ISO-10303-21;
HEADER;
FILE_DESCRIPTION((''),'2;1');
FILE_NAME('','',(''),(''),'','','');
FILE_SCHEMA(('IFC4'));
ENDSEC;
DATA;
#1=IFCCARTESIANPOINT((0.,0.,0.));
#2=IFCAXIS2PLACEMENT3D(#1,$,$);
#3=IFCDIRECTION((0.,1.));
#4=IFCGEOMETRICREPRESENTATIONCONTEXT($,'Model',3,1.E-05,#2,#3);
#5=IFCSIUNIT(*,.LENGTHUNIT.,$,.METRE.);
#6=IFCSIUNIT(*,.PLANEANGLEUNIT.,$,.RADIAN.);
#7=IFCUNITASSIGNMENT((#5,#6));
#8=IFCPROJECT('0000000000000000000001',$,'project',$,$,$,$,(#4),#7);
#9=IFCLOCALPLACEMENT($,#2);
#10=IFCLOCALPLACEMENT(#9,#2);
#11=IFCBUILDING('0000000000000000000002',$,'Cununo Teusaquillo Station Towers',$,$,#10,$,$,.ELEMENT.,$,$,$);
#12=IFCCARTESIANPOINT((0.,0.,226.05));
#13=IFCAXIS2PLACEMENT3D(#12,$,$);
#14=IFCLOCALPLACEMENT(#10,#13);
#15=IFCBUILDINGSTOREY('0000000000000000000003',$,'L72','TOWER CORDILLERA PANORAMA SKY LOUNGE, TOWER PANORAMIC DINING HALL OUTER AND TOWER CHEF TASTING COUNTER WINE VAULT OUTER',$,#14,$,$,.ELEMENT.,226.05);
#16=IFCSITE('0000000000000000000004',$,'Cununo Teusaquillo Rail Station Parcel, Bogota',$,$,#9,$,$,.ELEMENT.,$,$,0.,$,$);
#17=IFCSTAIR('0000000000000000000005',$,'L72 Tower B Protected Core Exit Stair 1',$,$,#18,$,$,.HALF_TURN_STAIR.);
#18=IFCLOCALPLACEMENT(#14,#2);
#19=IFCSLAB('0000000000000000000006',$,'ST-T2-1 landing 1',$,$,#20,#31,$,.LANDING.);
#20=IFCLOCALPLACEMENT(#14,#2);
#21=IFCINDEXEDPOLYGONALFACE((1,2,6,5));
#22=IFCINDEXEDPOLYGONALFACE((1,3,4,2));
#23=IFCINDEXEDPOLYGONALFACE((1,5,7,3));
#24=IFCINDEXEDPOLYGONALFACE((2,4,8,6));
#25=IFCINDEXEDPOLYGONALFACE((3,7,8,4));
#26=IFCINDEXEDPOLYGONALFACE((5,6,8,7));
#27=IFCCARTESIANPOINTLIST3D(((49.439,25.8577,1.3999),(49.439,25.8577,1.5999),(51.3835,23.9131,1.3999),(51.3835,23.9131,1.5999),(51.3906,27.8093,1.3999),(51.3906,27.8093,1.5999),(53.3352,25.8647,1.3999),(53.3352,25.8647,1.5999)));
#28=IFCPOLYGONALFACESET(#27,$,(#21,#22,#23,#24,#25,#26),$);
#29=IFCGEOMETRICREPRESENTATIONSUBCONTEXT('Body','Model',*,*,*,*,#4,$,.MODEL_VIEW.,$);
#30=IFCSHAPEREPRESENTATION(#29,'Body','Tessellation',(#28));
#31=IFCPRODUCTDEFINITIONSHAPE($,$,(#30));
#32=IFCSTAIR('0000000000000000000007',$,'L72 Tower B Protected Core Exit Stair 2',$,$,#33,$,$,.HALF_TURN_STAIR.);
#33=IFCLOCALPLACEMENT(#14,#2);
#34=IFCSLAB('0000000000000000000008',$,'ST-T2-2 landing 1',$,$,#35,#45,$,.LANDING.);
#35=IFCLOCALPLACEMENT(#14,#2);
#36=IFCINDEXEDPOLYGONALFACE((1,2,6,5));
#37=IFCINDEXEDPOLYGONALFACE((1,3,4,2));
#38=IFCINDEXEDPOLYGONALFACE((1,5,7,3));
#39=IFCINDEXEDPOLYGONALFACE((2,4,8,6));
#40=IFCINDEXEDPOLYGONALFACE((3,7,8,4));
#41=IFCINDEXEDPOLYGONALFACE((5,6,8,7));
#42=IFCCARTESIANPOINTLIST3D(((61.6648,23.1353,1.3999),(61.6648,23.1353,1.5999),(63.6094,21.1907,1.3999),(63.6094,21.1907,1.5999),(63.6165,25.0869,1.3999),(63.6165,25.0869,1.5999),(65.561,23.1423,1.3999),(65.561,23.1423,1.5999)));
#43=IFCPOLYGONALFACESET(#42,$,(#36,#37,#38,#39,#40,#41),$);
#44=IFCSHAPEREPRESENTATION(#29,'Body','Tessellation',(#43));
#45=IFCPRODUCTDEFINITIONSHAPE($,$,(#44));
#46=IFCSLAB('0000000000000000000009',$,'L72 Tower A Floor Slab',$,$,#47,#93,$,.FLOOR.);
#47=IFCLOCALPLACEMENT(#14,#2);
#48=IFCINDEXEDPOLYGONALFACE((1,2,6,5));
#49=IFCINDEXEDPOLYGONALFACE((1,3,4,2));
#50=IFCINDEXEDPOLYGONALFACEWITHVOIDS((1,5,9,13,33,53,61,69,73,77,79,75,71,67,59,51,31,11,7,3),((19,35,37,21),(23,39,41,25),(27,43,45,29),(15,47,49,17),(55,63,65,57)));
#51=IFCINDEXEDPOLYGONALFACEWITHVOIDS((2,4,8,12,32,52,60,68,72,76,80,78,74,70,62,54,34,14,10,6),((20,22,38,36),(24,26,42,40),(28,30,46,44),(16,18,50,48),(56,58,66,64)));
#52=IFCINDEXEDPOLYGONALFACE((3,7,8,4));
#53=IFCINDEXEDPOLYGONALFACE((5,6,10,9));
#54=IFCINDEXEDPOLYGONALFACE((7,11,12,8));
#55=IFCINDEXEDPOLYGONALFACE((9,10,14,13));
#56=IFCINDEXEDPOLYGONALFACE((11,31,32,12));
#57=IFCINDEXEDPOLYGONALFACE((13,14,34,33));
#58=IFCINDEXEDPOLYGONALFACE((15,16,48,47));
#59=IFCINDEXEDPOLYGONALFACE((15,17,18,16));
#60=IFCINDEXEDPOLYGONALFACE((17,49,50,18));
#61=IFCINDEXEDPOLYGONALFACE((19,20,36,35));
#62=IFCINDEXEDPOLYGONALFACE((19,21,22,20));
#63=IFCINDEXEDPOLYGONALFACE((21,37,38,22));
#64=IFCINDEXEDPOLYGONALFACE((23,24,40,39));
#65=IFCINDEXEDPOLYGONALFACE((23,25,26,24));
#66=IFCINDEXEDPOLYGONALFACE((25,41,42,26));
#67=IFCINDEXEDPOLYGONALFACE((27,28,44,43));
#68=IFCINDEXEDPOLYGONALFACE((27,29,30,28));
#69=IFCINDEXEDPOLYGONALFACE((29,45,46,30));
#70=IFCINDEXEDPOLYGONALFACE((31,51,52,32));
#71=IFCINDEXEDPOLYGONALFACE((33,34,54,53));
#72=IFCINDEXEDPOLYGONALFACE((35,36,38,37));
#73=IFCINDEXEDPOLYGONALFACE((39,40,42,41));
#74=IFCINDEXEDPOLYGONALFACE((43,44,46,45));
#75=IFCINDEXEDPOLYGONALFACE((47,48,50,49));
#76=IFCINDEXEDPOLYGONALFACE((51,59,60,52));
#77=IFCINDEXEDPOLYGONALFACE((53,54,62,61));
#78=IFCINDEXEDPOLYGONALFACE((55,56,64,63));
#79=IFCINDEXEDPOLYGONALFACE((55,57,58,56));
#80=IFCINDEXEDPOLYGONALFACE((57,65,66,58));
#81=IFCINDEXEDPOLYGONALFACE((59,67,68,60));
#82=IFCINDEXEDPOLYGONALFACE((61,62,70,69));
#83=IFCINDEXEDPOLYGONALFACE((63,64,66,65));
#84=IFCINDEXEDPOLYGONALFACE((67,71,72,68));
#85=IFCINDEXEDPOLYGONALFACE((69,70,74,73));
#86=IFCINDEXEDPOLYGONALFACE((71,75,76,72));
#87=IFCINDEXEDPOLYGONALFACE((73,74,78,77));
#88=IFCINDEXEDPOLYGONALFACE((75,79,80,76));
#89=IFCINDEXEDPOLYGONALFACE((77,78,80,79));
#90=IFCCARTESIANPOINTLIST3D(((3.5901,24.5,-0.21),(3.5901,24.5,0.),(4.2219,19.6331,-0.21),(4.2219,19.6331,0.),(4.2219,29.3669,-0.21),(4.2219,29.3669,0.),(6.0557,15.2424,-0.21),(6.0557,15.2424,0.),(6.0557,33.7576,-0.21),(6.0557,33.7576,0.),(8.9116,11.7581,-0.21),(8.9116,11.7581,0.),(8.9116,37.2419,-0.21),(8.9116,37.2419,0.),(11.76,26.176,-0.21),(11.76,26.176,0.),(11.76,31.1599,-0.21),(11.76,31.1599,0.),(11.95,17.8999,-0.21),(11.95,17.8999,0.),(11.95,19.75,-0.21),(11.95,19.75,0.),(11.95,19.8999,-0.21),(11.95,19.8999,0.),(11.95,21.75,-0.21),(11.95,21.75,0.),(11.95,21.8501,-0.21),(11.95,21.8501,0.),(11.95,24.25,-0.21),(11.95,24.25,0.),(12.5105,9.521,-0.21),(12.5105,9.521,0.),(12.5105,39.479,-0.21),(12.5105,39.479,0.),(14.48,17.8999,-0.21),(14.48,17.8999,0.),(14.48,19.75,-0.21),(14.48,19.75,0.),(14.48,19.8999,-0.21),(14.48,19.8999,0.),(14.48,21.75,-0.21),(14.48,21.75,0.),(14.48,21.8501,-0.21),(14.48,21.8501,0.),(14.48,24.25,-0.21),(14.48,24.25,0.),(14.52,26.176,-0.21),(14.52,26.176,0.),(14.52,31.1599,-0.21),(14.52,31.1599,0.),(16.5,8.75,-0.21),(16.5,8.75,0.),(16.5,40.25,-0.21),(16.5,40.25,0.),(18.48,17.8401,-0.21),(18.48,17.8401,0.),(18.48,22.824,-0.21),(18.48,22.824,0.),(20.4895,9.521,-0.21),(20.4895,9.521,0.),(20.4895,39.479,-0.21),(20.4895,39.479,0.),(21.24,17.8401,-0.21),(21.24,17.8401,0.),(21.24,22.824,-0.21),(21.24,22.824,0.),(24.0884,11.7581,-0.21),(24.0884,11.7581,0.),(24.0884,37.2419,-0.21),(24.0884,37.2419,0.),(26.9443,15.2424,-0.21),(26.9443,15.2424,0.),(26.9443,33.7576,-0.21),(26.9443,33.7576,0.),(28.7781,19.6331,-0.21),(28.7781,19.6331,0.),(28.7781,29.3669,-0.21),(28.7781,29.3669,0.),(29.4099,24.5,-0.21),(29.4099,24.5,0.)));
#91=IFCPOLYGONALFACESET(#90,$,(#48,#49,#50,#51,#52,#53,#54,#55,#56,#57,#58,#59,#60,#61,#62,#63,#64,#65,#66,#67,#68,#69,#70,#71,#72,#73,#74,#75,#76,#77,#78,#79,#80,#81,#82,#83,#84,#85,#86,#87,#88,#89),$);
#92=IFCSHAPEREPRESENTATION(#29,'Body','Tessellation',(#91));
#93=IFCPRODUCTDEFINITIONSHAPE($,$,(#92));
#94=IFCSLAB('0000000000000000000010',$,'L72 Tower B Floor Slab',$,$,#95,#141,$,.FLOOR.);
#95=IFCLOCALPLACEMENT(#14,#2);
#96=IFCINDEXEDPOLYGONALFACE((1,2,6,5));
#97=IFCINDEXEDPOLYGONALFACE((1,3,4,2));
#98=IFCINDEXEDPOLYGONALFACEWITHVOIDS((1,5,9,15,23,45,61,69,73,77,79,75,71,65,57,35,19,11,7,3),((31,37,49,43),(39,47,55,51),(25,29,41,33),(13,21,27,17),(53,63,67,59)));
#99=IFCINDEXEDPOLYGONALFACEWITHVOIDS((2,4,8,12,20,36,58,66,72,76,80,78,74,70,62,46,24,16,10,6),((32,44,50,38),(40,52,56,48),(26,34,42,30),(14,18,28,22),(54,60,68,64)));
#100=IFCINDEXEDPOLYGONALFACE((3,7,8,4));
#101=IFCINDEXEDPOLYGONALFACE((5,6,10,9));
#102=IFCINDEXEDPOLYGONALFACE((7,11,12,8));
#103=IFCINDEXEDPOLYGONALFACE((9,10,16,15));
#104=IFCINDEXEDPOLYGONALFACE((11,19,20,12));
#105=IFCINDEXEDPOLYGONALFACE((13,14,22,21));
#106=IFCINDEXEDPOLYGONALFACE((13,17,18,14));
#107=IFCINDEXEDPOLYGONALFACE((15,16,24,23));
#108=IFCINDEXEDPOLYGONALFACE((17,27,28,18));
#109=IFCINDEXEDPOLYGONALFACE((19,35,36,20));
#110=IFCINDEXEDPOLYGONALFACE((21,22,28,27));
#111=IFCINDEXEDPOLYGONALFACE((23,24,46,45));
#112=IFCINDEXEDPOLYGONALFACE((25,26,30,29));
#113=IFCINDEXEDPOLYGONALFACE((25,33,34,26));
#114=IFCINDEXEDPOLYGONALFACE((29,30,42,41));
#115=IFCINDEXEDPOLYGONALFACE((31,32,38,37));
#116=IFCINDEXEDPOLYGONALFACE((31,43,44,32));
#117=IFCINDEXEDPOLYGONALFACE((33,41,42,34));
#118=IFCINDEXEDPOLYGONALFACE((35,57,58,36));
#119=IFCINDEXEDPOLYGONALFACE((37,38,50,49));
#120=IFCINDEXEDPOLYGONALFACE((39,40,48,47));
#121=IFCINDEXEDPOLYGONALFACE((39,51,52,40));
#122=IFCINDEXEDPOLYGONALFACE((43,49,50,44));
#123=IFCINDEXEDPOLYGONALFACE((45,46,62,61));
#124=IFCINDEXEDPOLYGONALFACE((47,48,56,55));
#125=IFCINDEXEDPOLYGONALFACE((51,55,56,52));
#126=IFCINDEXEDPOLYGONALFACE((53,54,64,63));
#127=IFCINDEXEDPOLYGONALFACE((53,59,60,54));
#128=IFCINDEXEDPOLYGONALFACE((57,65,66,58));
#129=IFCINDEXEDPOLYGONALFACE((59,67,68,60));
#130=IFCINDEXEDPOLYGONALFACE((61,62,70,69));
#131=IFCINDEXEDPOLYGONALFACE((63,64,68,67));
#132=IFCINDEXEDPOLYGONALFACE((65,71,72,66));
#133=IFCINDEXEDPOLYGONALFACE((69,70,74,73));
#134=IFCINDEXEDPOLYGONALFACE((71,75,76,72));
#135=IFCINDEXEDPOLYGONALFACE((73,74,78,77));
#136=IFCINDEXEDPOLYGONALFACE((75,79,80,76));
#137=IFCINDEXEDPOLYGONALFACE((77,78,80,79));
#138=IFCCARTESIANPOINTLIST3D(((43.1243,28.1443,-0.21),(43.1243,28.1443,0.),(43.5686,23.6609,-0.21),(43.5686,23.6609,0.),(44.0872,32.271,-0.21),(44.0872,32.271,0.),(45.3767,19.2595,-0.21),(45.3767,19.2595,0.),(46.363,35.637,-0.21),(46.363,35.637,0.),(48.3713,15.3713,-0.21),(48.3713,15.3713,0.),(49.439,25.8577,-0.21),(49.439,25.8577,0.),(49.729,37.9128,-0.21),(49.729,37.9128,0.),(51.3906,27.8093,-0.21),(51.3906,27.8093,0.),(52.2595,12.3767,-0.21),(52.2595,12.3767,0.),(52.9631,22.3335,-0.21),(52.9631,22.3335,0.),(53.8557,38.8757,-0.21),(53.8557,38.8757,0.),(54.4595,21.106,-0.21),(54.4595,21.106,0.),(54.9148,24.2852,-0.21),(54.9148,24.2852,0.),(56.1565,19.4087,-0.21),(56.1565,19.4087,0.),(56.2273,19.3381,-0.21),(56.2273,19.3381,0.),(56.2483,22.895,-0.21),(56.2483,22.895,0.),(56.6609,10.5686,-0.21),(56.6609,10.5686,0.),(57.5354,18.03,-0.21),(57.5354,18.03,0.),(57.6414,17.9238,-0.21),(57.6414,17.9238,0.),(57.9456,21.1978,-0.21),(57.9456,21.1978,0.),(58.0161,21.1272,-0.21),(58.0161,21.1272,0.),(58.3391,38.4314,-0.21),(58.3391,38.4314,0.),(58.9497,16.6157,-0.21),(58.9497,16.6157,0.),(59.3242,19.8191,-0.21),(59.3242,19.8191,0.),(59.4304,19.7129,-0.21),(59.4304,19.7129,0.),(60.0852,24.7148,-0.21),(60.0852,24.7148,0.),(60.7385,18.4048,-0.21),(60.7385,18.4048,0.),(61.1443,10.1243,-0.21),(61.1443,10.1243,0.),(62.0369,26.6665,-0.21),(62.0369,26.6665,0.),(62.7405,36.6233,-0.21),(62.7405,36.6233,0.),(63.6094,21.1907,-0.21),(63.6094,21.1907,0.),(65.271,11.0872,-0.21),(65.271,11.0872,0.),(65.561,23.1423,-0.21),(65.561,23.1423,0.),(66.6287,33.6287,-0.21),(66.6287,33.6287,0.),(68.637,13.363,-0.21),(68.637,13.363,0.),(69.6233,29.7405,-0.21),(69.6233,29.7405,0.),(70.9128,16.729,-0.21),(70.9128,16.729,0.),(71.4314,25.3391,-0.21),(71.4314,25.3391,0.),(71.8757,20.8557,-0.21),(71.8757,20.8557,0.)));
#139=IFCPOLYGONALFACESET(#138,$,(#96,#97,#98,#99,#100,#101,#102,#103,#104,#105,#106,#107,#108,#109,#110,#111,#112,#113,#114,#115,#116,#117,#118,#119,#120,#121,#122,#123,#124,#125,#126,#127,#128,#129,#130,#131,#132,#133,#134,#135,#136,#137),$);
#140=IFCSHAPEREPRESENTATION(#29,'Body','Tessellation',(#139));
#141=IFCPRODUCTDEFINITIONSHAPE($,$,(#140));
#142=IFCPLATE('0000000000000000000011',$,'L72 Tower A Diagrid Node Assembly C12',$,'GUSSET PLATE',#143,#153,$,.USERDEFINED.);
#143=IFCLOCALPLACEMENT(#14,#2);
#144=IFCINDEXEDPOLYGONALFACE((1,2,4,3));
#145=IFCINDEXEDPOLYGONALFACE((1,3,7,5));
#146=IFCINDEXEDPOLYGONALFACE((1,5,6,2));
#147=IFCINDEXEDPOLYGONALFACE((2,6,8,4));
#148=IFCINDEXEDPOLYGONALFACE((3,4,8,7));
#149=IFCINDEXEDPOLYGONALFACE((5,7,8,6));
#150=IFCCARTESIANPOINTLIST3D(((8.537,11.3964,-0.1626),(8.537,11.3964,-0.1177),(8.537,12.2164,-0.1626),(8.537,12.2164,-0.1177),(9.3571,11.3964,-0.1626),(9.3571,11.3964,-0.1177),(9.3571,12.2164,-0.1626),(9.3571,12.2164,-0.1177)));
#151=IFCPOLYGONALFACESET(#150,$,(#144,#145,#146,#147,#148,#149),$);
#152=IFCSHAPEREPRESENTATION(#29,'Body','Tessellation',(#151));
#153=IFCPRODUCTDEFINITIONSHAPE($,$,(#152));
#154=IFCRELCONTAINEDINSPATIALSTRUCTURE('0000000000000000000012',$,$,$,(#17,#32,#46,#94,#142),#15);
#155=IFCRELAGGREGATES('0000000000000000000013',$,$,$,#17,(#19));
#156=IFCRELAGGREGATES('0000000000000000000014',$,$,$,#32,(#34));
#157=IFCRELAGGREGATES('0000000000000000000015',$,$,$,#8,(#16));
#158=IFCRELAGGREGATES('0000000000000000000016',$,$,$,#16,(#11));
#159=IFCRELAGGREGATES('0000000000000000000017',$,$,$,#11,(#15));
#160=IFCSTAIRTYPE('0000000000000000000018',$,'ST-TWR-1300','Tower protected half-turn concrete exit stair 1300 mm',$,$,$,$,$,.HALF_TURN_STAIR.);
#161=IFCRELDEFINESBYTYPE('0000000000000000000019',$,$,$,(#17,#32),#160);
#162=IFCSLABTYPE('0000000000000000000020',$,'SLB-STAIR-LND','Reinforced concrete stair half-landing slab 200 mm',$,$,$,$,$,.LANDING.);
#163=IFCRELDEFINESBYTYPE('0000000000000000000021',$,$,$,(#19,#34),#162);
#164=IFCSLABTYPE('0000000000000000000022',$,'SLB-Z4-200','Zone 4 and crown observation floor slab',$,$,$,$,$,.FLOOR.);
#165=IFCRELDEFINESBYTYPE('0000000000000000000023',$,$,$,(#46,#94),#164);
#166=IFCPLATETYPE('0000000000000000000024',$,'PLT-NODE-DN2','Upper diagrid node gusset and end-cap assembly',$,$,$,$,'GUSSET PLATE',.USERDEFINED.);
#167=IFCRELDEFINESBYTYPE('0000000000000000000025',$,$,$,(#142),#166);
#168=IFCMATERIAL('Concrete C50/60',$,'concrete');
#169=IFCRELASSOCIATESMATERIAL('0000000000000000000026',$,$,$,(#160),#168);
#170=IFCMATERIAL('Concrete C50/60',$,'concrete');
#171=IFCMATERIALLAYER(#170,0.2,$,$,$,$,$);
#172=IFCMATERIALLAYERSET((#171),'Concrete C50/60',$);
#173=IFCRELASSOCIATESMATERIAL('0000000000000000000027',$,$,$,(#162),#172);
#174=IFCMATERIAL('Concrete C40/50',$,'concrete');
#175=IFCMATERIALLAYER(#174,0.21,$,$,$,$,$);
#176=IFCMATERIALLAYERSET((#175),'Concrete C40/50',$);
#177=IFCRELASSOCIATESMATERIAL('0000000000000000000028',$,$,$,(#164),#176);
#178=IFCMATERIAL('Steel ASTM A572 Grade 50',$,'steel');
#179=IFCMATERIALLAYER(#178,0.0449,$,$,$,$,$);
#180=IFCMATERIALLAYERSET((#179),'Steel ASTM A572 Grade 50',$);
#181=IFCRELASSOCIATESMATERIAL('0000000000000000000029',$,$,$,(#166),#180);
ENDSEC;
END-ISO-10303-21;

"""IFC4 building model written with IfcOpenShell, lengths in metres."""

from ifc_helpers import new_model, si_unit, direction, frame, origin, origin_2d, place, context, subcontext, project, spatial, polyline, rectangle, outline, extrude, source, transform, mapped, material, layer, layer_set, type_object, element, aggregate, save


model = new_model("IFC4")

# Units and contexts
model_context = context("Model", 3, precision=1e-05, world=origin(), true_north=direction((0.0, 1.0)))
body_context = subcontext(model_context, "Body", "Model", "MODEL_VIEW")
ifc_project = project(units=[si_unit("LENGTHUNIT", "METRE"), si_unit("PLANEANGLEUNIT", "RADIAN")], contexts=[model_context])

# Site, building, storey
site_placement = place(None, origin())
site = spatial("IfcSite", under=ifc_project, at=site_placement, Name="Cununo Teusaquillo Rail Station Parcel, Bogota", CompositionType="ELEMENT", RefElevation=0.0)
building_placement = place(site_placement, origin())
building = spatial("IfcBuilding", under=site, at=building_placement, Name="Cununo Teusaquillo Station Towers", CompositionType="ELEMENT")
storey_placement = place(building_placement, frame((0.0, 0.0, 226.05)))
storey = spatial("IfcBuildingStorey", under=building, at=storey_placement, Name="L72", Description="TOWER CORDILLERA PANORAMA SKY LOUNGE, TOWER PANORAMIC DINING HALL OUTER AND TOWER CHEF TASTING COUNTER WINE VAULT OUTER", CompositionType="ELEMENT", Elevation=226.05)

# Stairs, slabs
ifc_material_1 = material(Name="Concrete C50/60", Category="concrete")
stair_type = type_object("IfcStairType", Name="ST-TWR-1300", Description="Tower protected half-turn concrete exit stair 1300 mm", PredefinedType="HALF_TURN_STAIR", material=ifc_material_1)
ifc_material_2 = material(Name="Concrete C50/60", Category="concrete")
ifc_layer_1 = layer(ifc_material_2, 0.2)
ifc_layer_set_1 = layer_set([ifc_layer_1], Name="Concrete C50/60")
slab_type_1 = type_object("IfcSlabType", Name="SLB-STAIR-LND", Description="Reinforced concrete stair half-landing slab 200 mm", PredefinedType="LANDING", material=ifc_layer_set_1)
stair_1_placement = place(storey_placement, origin())
stair_1 = element("IfcStair", 1, at=stair_1_placement, inside=storey, type_object=stair_type, Name="L72 Tower B Protected Core Exit Stair 1", PredefinedType="HALF_TURN_STAIR")
slab_1_placement = place(storey_placement, frame((0.0, 0.0, 1.3999)))
slab_1 = element("IfcSlab", 2, at=slab_1_placement, type_object=slab_type_1, Name="ST-T2-1 landing 1", PredefinedType="LANDING", context=body_context, shape_type="SweptSolid", body=[
    extrude(outline(polyline([(53.3352, 25.8647), (51.3906, 27.8093), (49.439, 25.8577), (51.3835, 23.9131), (53.3352, 25.8647)])), origin(), (0.0, 0.0, 1.0), 0.2),
])
aggregate(stair_1, [slab_1])
stair_2_placement = place(storey_placement, origin())
stair_2 = element("IfcStair", 3, at=stair_2_placement, inside=storey, type_object=stair_type, Name="L72 Tower B Protected Core Exit Stair 2", PredefinedType="HALF_TURN_STAIR")
slab_2_placement = place(storey_placement, frame((0.0, 0.0, 1.3999)))
slab_2 = element("IfcSlab", 4, at=slab_2_placement, type_object=slab_type_1, Name="ST-T2-2 landing 1", PredefinedType="LANDING", context=body_context, shape_type="SweptSolid", body=[
    extrude(outline(polyline([(61.6648, 23.1353), (63.6094, 21.1907), (65.561, 23.1423), (63.6165, 25.0869), (61.6648, 23.1353)])), origin(), (0.0, 0.0, 1.0), 0.2),
])
aggregate(stair_2, [slab_2])

# Slabs
ifc_material_3 = material(Name="Concrete C40/50", Category="concrete")
ifc_layer_2 = layer(ifc_material_3, 0.21)
ifc_layer_set_2 = layer_set([ifc_layer_2], Name="Concrete C40/50")
slab_type_2 = type_object("IfcSlabType", Name="SLB-Z4-200", Description="Zone 4 and crown observation floor slab", PredefinedType="FLOOR", material=ifc_layer_set_2)
slab_3_placement = place(storey_placement, frame((0.0, 0.0, -0.21)))
element("IfcSlab", 5, at=slab_3_placement, inside=storey, type_object=slab_type_2, Name="L72 Tower A Floor Slab", PredefinedType="FLOOR", context=body_context, shape_type="SweptSolid", body=[
    extrude(outline(polyline([(29.4099, 24.5), (28.7781, 29.3669), (26.9443, 33.7576), (24.0884, 37.2419), (20.4895, 39.479), (16.5, 40.25), (12.5105, 39.479), (8.9116, 37.2419), (6.0557, 33.7576), (4.2219, 29.3669), (3.5901, 24.5), (4.2219, 19.6331), (6.0557, 15.2424), (8.9116, 11.7581), (12.5105, 9.521), (16.5, 8.75), (20.4895, 9.521), (24.0884, 11.7581), (26.9443, 15.2424), (28.7781, 19.6331), (29.4099, 24.5)]), holes=[polyline([(14.52, 26.176), (14.52, 31.1599), (11.76, 31.1599), (11.76, 26.176), (14.52, 26.176)]), polyline([(18.48, 22.824), (18.48, 17.8401), (21.24, 17.8401), (21.24, 22.824), (18.48, 22.824)]), polyline([(11.95, 21.8501), (14.48, 21.8501), (14.48, 24.25), (11.95, 24.25), (11.95, 21.8501)]), polyline([(11.95, 17.8999), (14.48, 17.8999), (14.48, 19.75), (11.95, 19.75), (11.95, 17.8999)]), polyline([(11.95, 19.8999), (14.48, 19.8999), (14.48, 21.75), (11.95, 21.75), (11.95, 19.8999)])]), origin(), (0.0, 0.0, 1.0), 0.21),
])
slab_4_placement = place(storey_placement, frame((0.0, 0.0, -0.21)))
element("IfcSlab", 6, at=slab_4_placement, inside=storey, type_object=slab_type_2, Name="L72 Tower B Floor Slab", PredefinedType="FLOOR", context=body_context, shape_type="SweptSolid", body=[
    extrude(outline(polyline([(66.6287, 33.6287), (62.7405, 36.6233), (58.3391, 38.4314), (53.8557, 38.8757), (49.729, 37.9128), (46.363, 35.637), (44.0872, 32.271), (43.1243, 28.1443), (43.5686, 23.6609), (45.3767, 19.2595), (48.3713, 15.3713), (52.2595, 12.3767), (56.6609, 10.5686), (61.1443, 10.1243), (65.271, 11.0872), (68.637, 13.363), (70.9128, 16.729), (71.8757, 20.8557), (71.4314, 25.3391), (69.6233, 29.7405), (66.6287, 33.6287)]), holes=[polyline([(54.9148, 24.2852), (51.3906, 27.8093), (49.439, 25.8577), (52.9631, 22.3335), (54.9148, 24.2852)]), polyline([(60.0852, 24.7148), (63.6094, 21.1907), (65.561, 23.1423), (62.0369, 26.6665), (60.0852, 24.7148)]), polyline([(56.1565, 19.4087), (57.9456, 21.1978), (56.2483, 22.895), (54.4595, 21.106), (56.1565, 19.4087)]), polyline([(58.9497, 16.6157), (60.7385, 18.4048), (59.4304, 19.7129), (57.6414, 17.9238), (58.9497, 16.6157)]), polyline([(57.5354, 18.03), (59.3242, 19.8191), (58.0161, 21.1272), (56.2273, 19.3381), (57.5354, 18.03)])]), origin(), (0.0, 0.0, 1.0), 0.21),
])

# Plate
ifc_material_4 = material(Name="Steel ASTM A572 Grade 50", Category="steel")
ifc_layer_3 = layer(ifc_material_4, 0.0449)
ifc_layer_set_3 = layer_set([ifc_layer_3], Name="Steel ASTM A572 Grade 50")
plate_type = type_object("IfcPlateType", Name="PLT-NODE-DN2", Description="Upper diagrid node gusset and end-cap assembly", ElementType="GUSSET PLATE", PredefinedType="USERDEFINED", material=ifc_layer_set_3)
shared_shape_1 = source(origin(), body_context, "Body", "SweptSolid", [
    extrude(rectangle(XDim=0.8201, YDim=0.8201, at=origin_2d()), origin(), (0.0, 0.0, 1.0), 0.0449),
])
plate_placement = place(storey_placement, frame((8.947, 11.8064, -0.1626), z_axis=(0.0, 0.0, 1.0), x_axis=(1.0, 0.0, 0.0)))
element("IfcPlate", 7, at=plate_placement, inside=storey, type_object=plate_type, Name="L72 Tower A Diagrid Node Assembly C12", ObjectType="GUSSET PLATE", PredefinedType="USERDEFINED", context=body_context, shape_type="MappedRepresentation", body=[
    mapped(shared_shape_1, transform((0.0, 0.0, 0.0), x_axis=(1.0, 0.0, 0.0), y_axis=(0.0, 1.0, 0.0), z_axis=(0.0, 0.0, 1.0), scale=1.0)),
])

save(model, "model.ifc")
